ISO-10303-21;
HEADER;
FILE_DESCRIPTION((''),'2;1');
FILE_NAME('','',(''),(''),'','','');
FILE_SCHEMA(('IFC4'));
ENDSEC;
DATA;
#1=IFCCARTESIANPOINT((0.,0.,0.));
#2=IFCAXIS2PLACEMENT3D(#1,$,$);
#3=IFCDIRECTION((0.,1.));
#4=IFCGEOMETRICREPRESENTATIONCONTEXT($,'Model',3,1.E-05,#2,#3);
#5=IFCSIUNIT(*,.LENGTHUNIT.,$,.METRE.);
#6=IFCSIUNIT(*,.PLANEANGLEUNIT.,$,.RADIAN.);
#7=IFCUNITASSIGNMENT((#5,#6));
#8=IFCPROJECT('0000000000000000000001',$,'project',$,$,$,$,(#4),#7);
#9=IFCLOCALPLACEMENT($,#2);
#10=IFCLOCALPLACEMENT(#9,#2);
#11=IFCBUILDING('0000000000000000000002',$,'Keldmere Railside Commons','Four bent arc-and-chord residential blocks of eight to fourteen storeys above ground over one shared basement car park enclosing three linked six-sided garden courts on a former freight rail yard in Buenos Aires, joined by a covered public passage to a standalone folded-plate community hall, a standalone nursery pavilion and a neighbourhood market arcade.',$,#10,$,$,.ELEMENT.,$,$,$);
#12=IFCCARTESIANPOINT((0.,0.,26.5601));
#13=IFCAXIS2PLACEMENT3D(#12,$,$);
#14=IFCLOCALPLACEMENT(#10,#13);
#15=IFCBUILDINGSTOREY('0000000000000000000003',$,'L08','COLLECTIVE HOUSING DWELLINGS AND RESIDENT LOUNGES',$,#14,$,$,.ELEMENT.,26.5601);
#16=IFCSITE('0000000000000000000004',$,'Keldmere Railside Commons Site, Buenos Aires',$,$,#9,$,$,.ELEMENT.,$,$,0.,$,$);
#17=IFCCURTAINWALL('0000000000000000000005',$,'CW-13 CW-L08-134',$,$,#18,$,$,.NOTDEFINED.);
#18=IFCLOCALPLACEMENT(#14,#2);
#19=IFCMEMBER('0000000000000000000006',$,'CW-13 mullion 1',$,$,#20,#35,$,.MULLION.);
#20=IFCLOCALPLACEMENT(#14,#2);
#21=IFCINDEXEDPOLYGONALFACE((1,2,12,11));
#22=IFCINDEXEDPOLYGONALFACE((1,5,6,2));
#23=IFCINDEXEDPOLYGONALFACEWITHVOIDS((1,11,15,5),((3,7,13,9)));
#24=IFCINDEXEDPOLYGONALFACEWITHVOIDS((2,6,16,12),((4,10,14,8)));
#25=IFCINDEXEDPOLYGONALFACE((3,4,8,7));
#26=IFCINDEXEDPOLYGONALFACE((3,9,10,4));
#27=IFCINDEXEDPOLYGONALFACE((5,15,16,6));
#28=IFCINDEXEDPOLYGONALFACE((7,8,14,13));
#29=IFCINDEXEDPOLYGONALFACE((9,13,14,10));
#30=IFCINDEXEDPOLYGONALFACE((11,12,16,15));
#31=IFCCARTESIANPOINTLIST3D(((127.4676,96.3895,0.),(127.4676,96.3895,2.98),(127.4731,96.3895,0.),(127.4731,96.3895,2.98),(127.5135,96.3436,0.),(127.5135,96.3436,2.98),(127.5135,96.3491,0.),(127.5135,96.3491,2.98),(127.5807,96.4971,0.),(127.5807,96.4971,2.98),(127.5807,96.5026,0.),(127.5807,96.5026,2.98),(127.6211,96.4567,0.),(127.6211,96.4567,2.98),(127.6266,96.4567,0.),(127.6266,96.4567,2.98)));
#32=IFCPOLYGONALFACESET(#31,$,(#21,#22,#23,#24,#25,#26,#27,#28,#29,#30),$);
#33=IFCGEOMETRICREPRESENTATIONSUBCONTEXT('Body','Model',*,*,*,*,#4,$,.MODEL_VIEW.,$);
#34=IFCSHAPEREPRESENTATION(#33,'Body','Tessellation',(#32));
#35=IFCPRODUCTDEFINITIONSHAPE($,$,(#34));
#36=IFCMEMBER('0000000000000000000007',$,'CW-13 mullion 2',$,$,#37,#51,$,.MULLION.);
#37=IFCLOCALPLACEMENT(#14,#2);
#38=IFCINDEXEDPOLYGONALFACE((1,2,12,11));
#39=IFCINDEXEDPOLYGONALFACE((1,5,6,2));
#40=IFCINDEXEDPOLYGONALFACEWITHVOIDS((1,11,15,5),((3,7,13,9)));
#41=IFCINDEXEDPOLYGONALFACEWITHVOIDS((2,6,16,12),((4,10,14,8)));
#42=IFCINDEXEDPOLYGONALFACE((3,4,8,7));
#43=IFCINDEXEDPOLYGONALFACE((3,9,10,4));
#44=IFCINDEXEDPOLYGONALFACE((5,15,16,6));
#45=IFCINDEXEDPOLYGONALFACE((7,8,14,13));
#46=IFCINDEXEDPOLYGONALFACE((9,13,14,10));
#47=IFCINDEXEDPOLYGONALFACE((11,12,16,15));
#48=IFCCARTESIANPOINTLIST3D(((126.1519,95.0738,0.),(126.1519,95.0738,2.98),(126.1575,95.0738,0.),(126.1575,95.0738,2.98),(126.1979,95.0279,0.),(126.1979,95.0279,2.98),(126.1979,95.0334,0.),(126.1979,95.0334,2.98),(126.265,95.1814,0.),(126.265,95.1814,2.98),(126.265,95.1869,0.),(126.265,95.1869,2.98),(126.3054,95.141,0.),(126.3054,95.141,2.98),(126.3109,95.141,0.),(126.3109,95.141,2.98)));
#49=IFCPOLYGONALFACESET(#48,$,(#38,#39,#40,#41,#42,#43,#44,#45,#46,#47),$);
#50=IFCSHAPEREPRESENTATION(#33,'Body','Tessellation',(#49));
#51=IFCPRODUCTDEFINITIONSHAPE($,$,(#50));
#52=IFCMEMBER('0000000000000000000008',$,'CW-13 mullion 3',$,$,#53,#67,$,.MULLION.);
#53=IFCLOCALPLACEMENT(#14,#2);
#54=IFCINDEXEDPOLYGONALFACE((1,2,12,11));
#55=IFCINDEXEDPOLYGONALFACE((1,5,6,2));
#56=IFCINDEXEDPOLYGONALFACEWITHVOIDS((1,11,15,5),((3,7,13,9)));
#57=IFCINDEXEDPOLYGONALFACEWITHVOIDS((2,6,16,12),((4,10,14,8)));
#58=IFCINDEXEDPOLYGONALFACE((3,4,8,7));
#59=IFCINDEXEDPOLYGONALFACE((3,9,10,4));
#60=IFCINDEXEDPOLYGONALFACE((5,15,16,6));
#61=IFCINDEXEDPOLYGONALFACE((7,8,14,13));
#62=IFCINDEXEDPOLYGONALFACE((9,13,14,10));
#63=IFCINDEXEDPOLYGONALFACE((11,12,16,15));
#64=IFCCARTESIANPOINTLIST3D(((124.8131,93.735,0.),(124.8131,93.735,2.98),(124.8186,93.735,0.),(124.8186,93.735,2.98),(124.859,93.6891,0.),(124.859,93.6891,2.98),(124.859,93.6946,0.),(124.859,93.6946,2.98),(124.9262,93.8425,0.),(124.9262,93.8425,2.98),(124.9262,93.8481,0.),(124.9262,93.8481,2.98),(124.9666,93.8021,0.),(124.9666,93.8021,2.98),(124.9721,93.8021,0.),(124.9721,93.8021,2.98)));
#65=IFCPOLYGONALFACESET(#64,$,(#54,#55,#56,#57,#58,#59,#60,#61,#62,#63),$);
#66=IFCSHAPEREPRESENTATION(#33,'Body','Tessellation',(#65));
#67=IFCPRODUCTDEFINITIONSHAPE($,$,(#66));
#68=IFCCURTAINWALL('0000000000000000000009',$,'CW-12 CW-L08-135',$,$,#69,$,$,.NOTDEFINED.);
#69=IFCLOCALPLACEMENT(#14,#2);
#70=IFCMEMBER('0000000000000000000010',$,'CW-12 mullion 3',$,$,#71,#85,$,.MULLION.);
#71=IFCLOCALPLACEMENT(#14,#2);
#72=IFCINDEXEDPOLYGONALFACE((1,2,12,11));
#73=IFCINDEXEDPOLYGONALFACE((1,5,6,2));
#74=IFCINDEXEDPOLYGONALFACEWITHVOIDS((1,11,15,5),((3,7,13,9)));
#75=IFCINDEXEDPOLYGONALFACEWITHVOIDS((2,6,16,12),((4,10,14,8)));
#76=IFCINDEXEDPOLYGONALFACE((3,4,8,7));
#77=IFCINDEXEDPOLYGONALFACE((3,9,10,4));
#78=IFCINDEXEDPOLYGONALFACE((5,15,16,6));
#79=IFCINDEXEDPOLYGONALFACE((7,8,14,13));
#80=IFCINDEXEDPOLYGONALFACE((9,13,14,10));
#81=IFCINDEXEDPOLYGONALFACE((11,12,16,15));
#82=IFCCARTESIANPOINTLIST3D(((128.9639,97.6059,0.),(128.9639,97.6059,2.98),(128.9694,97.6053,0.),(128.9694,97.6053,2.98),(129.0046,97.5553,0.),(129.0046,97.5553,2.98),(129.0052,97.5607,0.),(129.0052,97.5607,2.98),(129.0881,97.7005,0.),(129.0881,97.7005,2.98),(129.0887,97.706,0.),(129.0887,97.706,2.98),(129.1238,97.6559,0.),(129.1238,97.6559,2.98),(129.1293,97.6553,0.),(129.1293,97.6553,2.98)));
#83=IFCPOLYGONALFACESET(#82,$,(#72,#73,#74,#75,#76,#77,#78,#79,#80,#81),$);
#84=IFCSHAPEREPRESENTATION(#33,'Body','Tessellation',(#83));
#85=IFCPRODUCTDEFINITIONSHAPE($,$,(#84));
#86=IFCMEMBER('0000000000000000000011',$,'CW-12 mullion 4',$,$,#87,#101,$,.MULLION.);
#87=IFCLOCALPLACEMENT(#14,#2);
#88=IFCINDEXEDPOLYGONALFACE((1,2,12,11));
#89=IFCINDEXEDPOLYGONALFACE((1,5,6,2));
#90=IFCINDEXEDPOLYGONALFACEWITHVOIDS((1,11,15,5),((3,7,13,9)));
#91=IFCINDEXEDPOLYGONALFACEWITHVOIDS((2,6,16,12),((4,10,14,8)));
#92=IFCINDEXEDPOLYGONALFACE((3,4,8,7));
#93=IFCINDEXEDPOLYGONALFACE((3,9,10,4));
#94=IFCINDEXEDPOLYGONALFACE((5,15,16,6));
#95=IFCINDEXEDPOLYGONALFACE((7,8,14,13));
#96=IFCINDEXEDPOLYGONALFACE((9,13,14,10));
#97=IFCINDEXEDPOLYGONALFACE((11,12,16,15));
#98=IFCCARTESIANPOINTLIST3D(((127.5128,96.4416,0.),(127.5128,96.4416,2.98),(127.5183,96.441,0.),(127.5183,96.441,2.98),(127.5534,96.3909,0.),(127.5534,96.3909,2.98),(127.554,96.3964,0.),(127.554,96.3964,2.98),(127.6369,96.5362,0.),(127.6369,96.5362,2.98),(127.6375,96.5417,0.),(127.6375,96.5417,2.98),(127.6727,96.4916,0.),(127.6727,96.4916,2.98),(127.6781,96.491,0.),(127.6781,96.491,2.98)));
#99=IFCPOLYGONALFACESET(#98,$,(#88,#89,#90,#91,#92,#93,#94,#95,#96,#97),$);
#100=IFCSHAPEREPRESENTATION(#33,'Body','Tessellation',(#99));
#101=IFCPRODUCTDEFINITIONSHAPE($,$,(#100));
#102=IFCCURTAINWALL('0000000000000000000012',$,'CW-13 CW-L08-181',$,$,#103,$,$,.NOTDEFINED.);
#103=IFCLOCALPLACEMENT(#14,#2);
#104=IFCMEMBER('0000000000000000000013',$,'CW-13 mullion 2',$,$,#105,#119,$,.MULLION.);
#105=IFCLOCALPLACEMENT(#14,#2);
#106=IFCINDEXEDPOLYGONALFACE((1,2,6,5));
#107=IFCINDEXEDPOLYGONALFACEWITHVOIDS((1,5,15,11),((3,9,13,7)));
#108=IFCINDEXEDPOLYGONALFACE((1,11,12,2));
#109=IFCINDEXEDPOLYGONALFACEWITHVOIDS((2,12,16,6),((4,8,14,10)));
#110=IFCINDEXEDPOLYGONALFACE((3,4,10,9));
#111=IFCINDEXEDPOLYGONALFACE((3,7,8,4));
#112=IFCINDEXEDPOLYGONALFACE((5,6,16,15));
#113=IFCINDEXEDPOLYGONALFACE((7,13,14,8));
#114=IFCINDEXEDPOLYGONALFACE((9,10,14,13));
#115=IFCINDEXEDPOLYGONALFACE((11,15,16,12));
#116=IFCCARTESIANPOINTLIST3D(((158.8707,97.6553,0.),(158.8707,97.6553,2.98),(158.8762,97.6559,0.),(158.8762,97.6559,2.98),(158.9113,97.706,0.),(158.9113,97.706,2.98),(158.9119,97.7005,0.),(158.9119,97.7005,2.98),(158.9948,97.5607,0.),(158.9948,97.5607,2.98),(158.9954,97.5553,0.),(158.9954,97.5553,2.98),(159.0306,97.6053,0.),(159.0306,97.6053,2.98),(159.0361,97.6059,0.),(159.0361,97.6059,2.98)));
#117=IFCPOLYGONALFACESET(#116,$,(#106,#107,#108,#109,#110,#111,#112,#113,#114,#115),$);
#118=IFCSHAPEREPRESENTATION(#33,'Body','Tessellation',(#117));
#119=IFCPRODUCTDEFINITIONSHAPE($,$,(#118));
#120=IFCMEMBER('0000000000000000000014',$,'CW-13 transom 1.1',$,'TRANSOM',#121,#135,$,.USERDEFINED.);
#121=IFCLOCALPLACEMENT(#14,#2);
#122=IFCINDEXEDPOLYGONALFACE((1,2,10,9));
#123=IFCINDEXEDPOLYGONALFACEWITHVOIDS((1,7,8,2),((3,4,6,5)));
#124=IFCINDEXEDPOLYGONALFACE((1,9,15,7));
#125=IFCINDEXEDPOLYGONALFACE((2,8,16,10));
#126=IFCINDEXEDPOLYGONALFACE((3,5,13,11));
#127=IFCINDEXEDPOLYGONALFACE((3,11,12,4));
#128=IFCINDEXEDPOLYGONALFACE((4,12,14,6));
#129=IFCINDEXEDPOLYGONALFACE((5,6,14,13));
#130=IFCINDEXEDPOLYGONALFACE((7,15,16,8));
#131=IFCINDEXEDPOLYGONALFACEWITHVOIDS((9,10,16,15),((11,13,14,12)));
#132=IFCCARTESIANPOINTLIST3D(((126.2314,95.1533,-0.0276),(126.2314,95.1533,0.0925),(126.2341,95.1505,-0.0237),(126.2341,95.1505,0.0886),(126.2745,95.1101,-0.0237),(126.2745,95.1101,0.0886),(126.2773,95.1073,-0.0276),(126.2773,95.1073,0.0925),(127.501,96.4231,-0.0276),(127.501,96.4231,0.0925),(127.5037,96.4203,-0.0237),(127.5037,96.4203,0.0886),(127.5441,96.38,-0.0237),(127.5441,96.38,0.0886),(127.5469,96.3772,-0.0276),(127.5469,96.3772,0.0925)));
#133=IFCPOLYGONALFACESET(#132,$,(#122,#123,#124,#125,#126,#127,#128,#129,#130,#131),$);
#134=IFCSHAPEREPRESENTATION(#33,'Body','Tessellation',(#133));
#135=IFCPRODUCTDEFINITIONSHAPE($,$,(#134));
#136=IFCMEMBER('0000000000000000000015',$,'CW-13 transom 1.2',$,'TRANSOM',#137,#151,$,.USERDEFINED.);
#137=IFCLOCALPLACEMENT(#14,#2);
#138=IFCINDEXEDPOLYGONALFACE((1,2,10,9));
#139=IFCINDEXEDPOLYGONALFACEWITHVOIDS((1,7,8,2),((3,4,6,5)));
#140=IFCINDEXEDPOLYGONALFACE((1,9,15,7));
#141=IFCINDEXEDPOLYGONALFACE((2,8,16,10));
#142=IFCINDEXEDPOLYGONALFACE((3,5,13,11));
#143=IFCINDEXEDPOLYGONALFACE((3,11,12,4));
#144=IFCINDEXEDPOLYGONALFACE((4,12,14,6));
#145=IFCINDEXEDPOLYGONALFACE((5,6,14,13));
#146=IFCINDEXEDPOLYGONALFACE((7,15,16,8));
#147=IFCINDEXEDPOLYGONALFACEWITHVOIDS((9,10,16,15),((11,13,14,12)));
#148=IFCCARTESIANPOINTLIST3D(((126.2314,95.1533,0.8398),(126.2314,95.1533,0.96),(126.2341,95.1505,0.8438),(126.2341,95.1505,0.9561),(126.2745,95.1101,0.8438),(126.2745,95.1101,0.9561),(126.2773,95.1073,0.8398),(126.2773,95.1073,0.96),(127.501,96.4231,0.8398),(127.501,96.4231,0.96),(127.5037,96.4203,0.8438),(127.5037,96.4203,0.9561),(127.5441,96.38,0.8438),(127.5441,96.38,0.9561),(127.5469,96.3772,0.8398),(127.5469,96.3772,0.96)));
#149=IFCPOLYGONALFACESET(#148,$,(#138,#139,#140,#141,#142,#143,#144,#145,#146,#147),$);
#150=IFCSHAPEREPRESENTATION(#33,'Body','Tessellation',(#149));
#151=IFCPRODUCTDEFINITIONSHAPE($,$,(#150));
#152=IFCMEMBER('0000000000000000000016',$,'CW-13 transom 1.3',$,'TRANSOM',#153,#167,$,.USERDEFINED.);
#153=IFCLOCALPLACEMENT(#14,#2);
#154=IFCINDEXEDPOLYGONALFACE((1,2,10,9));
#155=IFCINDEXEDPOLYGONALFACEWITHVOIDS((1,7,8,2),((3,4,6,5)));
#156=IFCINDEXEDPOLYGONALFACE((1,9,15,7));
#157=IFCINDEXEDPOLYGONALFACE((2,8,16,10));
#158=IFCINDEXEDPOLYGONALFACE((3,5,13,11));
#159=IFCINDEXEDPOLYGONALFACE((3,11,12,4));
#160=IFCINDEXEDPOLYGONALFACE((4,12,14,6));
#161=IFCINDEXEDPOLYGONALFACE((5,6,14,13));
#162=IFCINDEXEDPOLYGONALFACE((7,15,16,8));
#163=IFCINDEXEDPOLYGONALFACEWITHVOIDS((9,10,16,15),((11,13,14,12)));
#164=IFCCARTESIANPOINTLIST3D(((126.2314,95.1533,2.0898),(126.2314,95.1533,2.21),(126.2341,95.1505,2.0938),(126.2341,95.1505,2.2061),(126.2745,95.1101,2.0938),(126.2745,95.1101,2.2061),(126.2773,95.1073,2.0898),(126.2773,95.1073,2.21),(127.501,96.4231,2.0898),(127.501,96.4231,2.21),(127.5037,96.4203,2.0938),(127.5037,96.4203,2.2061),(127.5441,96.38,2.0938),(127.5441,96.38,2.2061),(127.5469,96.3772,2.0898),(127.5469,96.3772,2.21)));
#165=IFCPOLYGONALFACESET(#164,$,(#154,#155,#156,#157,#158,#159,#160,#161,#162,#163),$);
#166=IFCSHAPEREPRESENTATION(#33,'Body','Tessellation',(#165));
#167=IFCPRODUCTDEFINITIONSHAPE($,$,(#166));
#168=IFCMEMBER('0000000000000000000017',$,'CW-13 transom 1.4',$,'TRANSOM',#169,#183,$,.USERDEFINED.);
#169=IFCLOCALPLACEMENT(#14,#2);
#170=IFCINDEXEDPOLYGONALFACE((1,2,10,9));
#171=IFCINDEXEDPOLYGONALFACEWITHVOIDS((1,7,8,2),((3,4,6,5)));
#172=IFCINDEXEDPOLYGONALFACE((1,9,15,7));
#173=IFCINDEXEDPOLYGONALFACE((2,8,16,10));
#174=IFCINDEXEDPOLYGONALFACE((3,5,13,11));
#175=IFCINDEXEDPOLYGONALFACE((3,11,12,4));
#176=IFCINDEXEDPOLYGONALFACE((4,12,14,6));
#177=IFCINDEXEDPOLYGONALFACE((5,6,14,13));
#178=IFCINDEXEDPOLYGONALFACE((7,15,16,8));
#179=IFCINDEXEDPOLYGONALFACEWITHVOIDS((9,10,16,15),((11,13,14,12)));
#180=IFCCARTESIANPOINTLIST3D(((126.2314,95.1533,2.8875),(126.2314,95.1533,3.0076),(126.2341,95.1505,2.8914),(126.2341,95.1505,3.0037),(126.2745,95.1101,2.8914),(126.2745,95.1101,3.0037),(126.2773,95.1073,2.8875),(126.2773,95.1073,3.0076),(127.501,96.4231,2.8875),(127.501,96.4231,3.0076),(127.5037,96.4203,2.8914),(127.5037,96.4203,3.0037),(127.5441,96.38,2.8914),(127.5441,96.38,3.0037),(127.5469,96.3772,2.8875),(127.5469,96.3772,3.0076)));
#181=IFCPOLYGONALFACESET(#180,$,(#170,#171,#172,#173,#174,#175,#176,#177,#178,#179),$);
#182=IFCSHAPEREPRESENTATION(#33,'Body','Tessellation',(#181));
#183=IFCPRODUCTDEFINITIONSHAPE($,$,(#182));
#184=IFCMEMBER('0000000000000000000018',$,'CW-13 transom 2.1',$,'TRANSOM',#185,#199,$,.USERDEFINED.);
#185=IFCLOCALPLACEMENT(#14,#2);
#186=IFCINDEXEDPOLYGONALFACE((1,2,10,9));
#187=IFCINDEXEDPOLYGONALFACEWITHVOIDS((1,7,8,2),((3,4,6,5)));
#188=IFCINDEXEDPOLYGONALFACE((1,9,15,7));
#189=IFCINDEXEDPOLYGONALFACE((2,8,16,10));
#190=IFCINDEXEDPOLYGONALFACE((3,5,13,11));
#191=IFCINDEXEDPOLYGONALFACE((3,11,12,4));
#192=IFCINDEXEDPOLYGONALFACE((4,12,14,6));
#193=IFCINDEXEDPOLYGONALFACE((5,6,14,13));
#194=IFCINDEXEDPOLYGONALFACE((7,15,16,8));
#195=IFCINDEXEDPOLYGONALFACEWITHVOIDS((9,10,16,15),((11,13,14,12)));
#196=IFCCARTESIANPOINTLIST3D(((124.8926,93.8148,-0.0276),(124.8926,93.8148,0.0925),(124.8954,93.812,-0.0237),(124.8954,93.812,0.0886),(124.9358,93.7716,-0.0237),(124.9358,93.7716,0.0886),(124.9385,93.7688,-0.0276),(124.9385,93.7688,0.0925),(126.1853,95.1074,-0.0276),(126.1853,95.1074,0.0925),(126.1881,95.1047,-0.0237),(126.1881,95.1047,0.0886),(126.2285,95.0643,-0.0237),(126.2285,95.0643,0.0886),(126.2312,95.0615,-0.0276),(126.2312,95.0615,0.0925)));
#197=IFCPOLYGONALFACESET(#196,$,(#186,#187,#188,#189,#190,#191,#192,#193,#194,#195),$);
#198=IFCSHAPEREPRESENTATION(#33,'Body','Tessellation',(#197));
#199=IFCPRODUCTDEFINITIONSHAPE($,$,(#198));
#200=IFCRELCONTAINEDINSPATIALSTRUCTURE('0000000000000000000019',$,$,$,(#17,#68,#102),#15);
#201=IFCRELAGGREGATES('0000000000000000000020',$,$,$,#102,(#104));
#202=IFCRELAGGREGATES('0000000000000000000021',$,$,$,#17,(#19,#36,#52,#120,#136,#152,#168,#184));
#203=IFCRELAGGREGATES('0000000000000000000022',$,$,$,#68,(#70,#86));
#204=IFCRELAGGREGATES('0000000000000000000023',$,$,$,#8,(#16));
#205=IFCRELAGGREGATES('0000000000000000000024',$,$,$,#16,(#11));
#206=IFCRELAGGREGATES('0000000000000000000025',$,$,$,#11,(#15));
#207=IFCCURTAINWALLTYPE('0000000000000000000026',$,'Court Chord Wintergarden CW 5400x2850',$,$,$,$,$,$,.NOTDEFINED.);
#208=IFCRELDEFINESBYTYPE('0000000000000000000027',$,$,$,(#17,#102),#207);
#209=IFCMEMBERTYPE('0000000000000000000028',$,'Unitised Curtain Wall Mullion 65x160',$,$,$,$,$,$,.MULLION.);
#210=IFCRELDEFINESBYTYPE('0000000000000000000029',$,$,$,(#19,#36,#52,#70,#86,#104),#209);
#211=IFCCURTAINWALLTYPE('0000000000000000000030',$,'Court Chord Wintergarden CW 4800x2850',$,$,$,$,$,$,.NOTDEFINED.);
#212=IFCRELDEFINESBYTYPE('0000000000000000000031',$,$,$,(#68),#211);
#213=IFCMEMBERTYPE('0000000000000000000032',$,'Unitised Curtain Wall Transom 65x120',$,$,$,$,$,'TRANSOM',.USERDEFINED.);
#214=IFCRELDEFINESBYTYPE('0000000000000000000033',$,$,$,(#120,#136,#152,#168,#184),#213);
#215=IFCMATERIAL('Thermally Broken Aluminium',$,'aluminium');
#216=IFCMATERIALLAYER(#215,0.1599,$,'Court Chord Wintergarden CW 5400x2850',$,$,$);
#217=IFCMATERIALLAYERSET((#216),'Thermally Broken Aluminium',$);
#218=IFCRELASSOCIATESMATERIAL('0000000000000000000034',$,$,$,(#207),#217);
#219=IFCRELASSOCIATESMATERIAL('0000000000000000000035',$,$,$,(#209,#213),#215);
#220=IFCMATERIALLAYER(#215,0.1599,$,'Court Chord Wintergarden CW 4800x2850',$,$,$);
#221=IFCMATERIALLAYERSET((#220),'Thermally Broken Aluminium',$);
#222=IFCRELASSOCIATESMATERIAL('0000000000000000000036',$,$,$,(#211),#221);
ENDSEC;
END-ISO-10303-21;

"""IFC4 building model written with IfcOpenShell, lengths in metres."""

from ifc_helpers import new_model, si_unit, direction, frame, origin, origin_2d, place, context, subcontext, project, spatial, hollow_rectangle, extrude, material, layer, layer_set, material_profile, profile_set, type_object, element, aggregate, save


model = new_model("IFC4")

# Units and contexts
model_context = context("Model", 3, precision=1e-05, world=origin(), true_north=direction((0.0, 1.0)))
body_context = subcontext(model_context, "Body", "Model", "MODEL_VIEW")
ifc_project = project(units=[si_unit("LENGTHUNIT", "METRE"), si_unit("PLANEANGLEUNIT", "RADIAN")], contexts=[model_context])

# Site, building, storey
site_placement = place(None, origin())
site = spatial("IfcSite", under=ifc_project, at=site_placement, Name="Keldmere Railside Commons Site, Buenos Aires", CompositionType="ELEMENT", RefElevation=0.0)
building_placement = place(site_placement, origin())
building = spatial("IfcBuilding", under=site, at=building_placement, Name="Keldmere Railside Commons", Description="Four bent arc-and-chord residential blocks of eight to fourteen storeys above ground over one shared basement car park enclosing three linked six-sided garden courts on a former freight rail yard in Buenos Aires, joined by a covered public passage to a standalone folded-plate community hall, a standalone nursery pavilion and a neighbourhood market arcade.", CompositionType="ELEMENT")
storey_placement = place(building_placement, frame((0.0, 0.0, 26.5601)))
storey = spatial("IfcBuildingStorey", under=building, at=storey_placement, Name="L08", Description="COLLECTIVE HOUSING DWELLINGS AND RESIDENT LOUNGES", CompositionType="ELEMENT", Elevation=26.5601)

# Curtain walls, members
ifc_material_1 = material(Name="Thermally Broken Aluminium", Category="aluminium")
ifc_layer_1 = layer(ifc_material_1, 0.1599, Name="Court Chord Wintergarden CW 5400x2850")
ifc_layer_set_1 = layer_set([ifc_layer_1], Name="Thermally Broken Aluminium")
curtain_wall_type_1 = type_object("IfcCurtainWallType", Name="Court Chord Wintergarden CW 5400x2850", PredefinedType="NOTDEFINED", material=ifc_layer_set_1)
curtain_wall_1_placement = place(storey_placement, origin())
curtain_wall_1 = element("IfcCurtainWall", 1, at=curtain_wall_1_placement, inside=storey, type_object=curtain_wall_type_1, Name="CW-13 CW-L08-134", PredefinedType="NOTDEFINED")
ifc_material_profile_1 = material_profile(ifc_material_1, hollow_rectangle(XDim=0.0649, YDim=0.1599, WallThickness=0.0039, at=origin_2d()), Name="ALU-MULL-65x160")
ifc_profile_set_1 = profile_set([ifc_material_profile_1], Name="Thermally Broken Aluminium")
member_type_1 = type_object("IfcMemberType", Name="Unitised Curtain Wall Mullion 65x160", PredefinedType="MULLION", material=ifc_profile_set_1)
member_1_placement = place(storey_placement, frame((127.5471, 96.4231, 0.0), z_axis=(0.0, 0.0, 1.0), x_axis=(0.707107, -0.707107, 0.0)))
member_1 = element("IfcMember", 2, at=member_1_placement, type_object=member_type_1, Name="CW-13 mullion 1", PredefinedType="MULLION", context=body_context, shape_type="SweptSolid", body=[
    extrude(hollow_rectangle(XDim=0.0649, YDim=0.1599, WallThickness=0.0039, at=origin_2d()), origin(), (0.0, 0.0, 1.0), 2.98),
])
member_2_placement = place(storey_placement, frame((126.2314, 95.1074, 0.0), z_axis=(0.0, 0.0, 1.0), x_axis=(0.707107, -0.707107, 0.0)))
member_2 = element("IfcMember", 3, at=member_2_placement, type_object=member_type_1, Name="CW-13 mullion 2", PredefinedType="MULLION", context=body_context, shape_type="SweptSolid", body=[
    extrude(hollow_rectangle(XDim=0.0649, YDim=0.1599, WallThickness=0.0039, at=origin_2d()), origin(), (0.0, 0.0, 1.0), 2.98),
])
member_3_placement = place(storey_placement, frame((124.8926, 93.7686, 0.0), z_axis=(0.0, 0.0, 1.0), x_axis=(0.707107, -0.707107, 0.0)))
member_3 = element("IfcMember", 4, at=member_3_placement, type_object=member_type_1, Name="CW-13 mullion 3", PredefinedType="MULLION", context=body_context, shape_type="SweptSolid", body=[
    extrude(hollow_rectangle(XDim=0.0649, YDim=0.1599, WallThickness=0.0039, at=origin_2d()), origin(), (0.0, 0.0, 1.0), 2.98),
])
ifc_layer_2 = layer(ifc_material_1, 0.1599, Name="Court Chord Wintergarden CW 4800x2850")
ifc_layer_set_2 = layer_set([ifc_layer_2], Name="Thermally Broken Aluminium")
curtain_wall_type_2 = type_object("IfcCurtainWallType", Name="Court Chord Wintergarden CW 4800x2850", PredefinedType="NOTDEFINED", material=ifc_layer_set_2)
curtain_wall_2_placement = place(storey_placement, origin())
curtain_wall_2 = element("IfcCurtainWall", 5, at=curtain_wall_2_placement, inside=storey, type_object=curtain_wall_type_2, Name="CW-12 CW-L08-135", PredefinedType="NOTDEFINED")
member_4_placement = place(storey_placement, frame((129.0466, 97.6306, 0.0), z_axis=(0.0, 0.0, 1.0), x_axis=(0.625768, -0.780009, 0.0)))
member_4 = element("IfcMember", 6, at=member_4_placement, type_object=member_type_1, Name="CW-12 mullion 3", PredefinedType="MULLION", context=body_context, shape_type="SweptSolid", body=[
    extrude(hollow_rectangle(XDim=0.0649, YDim=0.1599, WallThickness=0.0039, at=origin_2d()), origin(), (0.0, 0.0, 1.0), 2.98),
])
member_5_placement = place(storey_placement, frame((127.5955, 96.4663, 0.0), z_axis=(0.0, 0.0, 1.0), x_axis=(0.625768, -0.780009, 0.0)))
member_5 = element("IfcMember", 7, at=member_5_placement, type_object=member_type_1, Name="CW-12 mullion 4", PredefinedType="MULLION", context=body_context, shape_type="SweptSolid", body=[
    extrude(hollow_rectangle(XDim=0.0649, YDim=0.1599, WallThickness=0.0039, at=origin_2d()), origin(), (0.0, 0.0, 1.0), 2.98),
])

# Curtain wall, member
curtain_wall_3_placement = place(storey_placement, origin())
curtain_wall_3 = element("IfcCurtainWall", 8, at=curtain_wall_3_placement, inside=storey, type_object=curtain_wall_type_1, Name="CW-13 CW-L08-181", PredefinedType="NOTDEFINED")
member_6_placement = place(storey_placement, frame((158.9534, 97.6306, 0.0), z_axis=(0.0, 0.0, 1.0), x_axis=(-0.625768, -0.780009, 0.0)))
member_6 = element("IfcMember", 9, at=member_6_placement, type_object=member_type_1, Name="CW-13 mullion 2", PredefinedType="MULLION", context=body_context, shape_type="SweptSolid", body=[
    extrude(hollow_rectangle(XDim=0.0649, YDim=0.1599, WallThickness=0.0039, at=origin_2d()), origin(), (0.0, 0.0, 1.0), 2.98),
])

# Members
ifc_material_profile_2 = material_profile(ifc_material_1, hollow_rectangle(XDim=0.0649, YDim=0.1201, WallThickness=0.0039, at=origin_2d()), Name="ALU-TRAN-65x120")
ifc_profile_set_2 = profile_set([ifc_material_profile_2], Name="Thermally Broken Aluminium")
member_type_2 = type_object("IfcMemberType", Name="Unitised Curtain Wall Transom 65x120", ElementType="TRANSOM", PredefinedType="USERDEFINED", material=ifc_profile_set_2)
member_7_placement = place(storey_placement, frame((127.5239, 96.4001, 0.0325), z_axis=(-0.707039, -0.707175, 0.0), x_axis=(0.707175, -0.707039, 0.0)))
member_7 = element("IfcMember", 10, at=member_7_placement, type_object=member_type_2, Name="CW-13 transom 1.1", ObjectType="TRANSOM", PredefinedType="USERDEFINED", context=body_context, shape_type="SweptSolid", body=[
    extrude(hollow_rectangle(XDim=0.0649, YDim=0.1201, WallThickness=0.0039, at=origin_2d()), origin(), (0.0, 0.0, 1.0), 1.7957),
])
member_8_placement = place(storey_placement, frame((127.5239, 96.4001, 0.8999), z_axis=(-0.707039, -0.707175, 0.0), x_axis=(0.707175, -0.707039, 0.0)))
member_8 = element("IfcMember", 11, at=member_8_placement, type_object=member_type_2, Name="CW-13 transom 1.2", ObjectType="TRANSOM", PredefinedType="USERDEFINED", context=body_context, shape_type="SweptSolid", body=[
    extrude(hollow_rectangle(XDim=0.0649, YDim=0.1201, WallThickness=0.0039, at=origin_2d()), origin(), (0.0, 0.0, 1.0), 1.7957),
])
member_9_placement = place(storey_placement, frame((127.5239, 96.4001, 2.1499), z_axis=(-0.707039, -0.707175, 0.0), x_axis=(0.707175, -0.707039, 0.0)))
member_9 = element("IfcMember", 12, at=member_9_placement, type_object=member_type_2, Name="CW-13 transom 1.3", ObjectType="TRANSOM", PredefinedType="USERDEFINED", context=body_context, shape_type="SweptSolid", body=[
    extrude(hollow_rectangle(XDim=0.0649, YDim=0.1201, WallThickness=0.0039, at=origin_2d()), origin(), (0.0, 0.0, 1.0), 1.7957),
])
member_10_placement = place(storey_placement, frame((127.5239, 96.4001, 2.9475), z_axis=(-0.707039, -0.707175, 0.0), x_axis=(0.707175, -0.707039, 0.0)))
member_10 = element("IfcMember", 13, at=member_10_placement, type_object=member_type_2, Name="CW-13 transom 1.4", ObjectType="TRANSOM", PredefinedType="USERDEFINED", context=body_context, shape_type="SweptSolid", body=[
    extrude(hollow_rectangle(XDim=0.0649, YDim=0.1201, WallThickness=0.0039, at=origin_2d()), origin(), (0.0, 0.0, 1.0), 1.7957),
])
member_11_placement = place(storey_placement, frame((126.2083, 95.0845, 0.0325), z_axis=(-0.707107, -0.707107, 0.0), x_axis=(0.707107, -0.707107, 0.0)))
member_11 = element("IfcMember", 14, at=member_11_placement, type_object=member_type_2, Name="CW-13 transom 2.1", ObjectType="TRANSOM", PredefinedType="USERDEFINED", context=body_context, shape_type="SweptSolid", body=[
    extrude(hollow_rectangle(XDim=0.0649, YDim=0.1201, WallThickness=0.0039, at=origin_2d()), origin(), (0.0, 0.0, 1.0), 1.8281),
])

aggregate(curtain_wall_3, [member_6])
aggregate(curtain_wall_1, [member_1, member_2, member_3, member_7, member_8, member_9, member_10, member_11])
aggregate(curtain_wall_2, [member_4, member_5])

save(model, "model.ifc")
